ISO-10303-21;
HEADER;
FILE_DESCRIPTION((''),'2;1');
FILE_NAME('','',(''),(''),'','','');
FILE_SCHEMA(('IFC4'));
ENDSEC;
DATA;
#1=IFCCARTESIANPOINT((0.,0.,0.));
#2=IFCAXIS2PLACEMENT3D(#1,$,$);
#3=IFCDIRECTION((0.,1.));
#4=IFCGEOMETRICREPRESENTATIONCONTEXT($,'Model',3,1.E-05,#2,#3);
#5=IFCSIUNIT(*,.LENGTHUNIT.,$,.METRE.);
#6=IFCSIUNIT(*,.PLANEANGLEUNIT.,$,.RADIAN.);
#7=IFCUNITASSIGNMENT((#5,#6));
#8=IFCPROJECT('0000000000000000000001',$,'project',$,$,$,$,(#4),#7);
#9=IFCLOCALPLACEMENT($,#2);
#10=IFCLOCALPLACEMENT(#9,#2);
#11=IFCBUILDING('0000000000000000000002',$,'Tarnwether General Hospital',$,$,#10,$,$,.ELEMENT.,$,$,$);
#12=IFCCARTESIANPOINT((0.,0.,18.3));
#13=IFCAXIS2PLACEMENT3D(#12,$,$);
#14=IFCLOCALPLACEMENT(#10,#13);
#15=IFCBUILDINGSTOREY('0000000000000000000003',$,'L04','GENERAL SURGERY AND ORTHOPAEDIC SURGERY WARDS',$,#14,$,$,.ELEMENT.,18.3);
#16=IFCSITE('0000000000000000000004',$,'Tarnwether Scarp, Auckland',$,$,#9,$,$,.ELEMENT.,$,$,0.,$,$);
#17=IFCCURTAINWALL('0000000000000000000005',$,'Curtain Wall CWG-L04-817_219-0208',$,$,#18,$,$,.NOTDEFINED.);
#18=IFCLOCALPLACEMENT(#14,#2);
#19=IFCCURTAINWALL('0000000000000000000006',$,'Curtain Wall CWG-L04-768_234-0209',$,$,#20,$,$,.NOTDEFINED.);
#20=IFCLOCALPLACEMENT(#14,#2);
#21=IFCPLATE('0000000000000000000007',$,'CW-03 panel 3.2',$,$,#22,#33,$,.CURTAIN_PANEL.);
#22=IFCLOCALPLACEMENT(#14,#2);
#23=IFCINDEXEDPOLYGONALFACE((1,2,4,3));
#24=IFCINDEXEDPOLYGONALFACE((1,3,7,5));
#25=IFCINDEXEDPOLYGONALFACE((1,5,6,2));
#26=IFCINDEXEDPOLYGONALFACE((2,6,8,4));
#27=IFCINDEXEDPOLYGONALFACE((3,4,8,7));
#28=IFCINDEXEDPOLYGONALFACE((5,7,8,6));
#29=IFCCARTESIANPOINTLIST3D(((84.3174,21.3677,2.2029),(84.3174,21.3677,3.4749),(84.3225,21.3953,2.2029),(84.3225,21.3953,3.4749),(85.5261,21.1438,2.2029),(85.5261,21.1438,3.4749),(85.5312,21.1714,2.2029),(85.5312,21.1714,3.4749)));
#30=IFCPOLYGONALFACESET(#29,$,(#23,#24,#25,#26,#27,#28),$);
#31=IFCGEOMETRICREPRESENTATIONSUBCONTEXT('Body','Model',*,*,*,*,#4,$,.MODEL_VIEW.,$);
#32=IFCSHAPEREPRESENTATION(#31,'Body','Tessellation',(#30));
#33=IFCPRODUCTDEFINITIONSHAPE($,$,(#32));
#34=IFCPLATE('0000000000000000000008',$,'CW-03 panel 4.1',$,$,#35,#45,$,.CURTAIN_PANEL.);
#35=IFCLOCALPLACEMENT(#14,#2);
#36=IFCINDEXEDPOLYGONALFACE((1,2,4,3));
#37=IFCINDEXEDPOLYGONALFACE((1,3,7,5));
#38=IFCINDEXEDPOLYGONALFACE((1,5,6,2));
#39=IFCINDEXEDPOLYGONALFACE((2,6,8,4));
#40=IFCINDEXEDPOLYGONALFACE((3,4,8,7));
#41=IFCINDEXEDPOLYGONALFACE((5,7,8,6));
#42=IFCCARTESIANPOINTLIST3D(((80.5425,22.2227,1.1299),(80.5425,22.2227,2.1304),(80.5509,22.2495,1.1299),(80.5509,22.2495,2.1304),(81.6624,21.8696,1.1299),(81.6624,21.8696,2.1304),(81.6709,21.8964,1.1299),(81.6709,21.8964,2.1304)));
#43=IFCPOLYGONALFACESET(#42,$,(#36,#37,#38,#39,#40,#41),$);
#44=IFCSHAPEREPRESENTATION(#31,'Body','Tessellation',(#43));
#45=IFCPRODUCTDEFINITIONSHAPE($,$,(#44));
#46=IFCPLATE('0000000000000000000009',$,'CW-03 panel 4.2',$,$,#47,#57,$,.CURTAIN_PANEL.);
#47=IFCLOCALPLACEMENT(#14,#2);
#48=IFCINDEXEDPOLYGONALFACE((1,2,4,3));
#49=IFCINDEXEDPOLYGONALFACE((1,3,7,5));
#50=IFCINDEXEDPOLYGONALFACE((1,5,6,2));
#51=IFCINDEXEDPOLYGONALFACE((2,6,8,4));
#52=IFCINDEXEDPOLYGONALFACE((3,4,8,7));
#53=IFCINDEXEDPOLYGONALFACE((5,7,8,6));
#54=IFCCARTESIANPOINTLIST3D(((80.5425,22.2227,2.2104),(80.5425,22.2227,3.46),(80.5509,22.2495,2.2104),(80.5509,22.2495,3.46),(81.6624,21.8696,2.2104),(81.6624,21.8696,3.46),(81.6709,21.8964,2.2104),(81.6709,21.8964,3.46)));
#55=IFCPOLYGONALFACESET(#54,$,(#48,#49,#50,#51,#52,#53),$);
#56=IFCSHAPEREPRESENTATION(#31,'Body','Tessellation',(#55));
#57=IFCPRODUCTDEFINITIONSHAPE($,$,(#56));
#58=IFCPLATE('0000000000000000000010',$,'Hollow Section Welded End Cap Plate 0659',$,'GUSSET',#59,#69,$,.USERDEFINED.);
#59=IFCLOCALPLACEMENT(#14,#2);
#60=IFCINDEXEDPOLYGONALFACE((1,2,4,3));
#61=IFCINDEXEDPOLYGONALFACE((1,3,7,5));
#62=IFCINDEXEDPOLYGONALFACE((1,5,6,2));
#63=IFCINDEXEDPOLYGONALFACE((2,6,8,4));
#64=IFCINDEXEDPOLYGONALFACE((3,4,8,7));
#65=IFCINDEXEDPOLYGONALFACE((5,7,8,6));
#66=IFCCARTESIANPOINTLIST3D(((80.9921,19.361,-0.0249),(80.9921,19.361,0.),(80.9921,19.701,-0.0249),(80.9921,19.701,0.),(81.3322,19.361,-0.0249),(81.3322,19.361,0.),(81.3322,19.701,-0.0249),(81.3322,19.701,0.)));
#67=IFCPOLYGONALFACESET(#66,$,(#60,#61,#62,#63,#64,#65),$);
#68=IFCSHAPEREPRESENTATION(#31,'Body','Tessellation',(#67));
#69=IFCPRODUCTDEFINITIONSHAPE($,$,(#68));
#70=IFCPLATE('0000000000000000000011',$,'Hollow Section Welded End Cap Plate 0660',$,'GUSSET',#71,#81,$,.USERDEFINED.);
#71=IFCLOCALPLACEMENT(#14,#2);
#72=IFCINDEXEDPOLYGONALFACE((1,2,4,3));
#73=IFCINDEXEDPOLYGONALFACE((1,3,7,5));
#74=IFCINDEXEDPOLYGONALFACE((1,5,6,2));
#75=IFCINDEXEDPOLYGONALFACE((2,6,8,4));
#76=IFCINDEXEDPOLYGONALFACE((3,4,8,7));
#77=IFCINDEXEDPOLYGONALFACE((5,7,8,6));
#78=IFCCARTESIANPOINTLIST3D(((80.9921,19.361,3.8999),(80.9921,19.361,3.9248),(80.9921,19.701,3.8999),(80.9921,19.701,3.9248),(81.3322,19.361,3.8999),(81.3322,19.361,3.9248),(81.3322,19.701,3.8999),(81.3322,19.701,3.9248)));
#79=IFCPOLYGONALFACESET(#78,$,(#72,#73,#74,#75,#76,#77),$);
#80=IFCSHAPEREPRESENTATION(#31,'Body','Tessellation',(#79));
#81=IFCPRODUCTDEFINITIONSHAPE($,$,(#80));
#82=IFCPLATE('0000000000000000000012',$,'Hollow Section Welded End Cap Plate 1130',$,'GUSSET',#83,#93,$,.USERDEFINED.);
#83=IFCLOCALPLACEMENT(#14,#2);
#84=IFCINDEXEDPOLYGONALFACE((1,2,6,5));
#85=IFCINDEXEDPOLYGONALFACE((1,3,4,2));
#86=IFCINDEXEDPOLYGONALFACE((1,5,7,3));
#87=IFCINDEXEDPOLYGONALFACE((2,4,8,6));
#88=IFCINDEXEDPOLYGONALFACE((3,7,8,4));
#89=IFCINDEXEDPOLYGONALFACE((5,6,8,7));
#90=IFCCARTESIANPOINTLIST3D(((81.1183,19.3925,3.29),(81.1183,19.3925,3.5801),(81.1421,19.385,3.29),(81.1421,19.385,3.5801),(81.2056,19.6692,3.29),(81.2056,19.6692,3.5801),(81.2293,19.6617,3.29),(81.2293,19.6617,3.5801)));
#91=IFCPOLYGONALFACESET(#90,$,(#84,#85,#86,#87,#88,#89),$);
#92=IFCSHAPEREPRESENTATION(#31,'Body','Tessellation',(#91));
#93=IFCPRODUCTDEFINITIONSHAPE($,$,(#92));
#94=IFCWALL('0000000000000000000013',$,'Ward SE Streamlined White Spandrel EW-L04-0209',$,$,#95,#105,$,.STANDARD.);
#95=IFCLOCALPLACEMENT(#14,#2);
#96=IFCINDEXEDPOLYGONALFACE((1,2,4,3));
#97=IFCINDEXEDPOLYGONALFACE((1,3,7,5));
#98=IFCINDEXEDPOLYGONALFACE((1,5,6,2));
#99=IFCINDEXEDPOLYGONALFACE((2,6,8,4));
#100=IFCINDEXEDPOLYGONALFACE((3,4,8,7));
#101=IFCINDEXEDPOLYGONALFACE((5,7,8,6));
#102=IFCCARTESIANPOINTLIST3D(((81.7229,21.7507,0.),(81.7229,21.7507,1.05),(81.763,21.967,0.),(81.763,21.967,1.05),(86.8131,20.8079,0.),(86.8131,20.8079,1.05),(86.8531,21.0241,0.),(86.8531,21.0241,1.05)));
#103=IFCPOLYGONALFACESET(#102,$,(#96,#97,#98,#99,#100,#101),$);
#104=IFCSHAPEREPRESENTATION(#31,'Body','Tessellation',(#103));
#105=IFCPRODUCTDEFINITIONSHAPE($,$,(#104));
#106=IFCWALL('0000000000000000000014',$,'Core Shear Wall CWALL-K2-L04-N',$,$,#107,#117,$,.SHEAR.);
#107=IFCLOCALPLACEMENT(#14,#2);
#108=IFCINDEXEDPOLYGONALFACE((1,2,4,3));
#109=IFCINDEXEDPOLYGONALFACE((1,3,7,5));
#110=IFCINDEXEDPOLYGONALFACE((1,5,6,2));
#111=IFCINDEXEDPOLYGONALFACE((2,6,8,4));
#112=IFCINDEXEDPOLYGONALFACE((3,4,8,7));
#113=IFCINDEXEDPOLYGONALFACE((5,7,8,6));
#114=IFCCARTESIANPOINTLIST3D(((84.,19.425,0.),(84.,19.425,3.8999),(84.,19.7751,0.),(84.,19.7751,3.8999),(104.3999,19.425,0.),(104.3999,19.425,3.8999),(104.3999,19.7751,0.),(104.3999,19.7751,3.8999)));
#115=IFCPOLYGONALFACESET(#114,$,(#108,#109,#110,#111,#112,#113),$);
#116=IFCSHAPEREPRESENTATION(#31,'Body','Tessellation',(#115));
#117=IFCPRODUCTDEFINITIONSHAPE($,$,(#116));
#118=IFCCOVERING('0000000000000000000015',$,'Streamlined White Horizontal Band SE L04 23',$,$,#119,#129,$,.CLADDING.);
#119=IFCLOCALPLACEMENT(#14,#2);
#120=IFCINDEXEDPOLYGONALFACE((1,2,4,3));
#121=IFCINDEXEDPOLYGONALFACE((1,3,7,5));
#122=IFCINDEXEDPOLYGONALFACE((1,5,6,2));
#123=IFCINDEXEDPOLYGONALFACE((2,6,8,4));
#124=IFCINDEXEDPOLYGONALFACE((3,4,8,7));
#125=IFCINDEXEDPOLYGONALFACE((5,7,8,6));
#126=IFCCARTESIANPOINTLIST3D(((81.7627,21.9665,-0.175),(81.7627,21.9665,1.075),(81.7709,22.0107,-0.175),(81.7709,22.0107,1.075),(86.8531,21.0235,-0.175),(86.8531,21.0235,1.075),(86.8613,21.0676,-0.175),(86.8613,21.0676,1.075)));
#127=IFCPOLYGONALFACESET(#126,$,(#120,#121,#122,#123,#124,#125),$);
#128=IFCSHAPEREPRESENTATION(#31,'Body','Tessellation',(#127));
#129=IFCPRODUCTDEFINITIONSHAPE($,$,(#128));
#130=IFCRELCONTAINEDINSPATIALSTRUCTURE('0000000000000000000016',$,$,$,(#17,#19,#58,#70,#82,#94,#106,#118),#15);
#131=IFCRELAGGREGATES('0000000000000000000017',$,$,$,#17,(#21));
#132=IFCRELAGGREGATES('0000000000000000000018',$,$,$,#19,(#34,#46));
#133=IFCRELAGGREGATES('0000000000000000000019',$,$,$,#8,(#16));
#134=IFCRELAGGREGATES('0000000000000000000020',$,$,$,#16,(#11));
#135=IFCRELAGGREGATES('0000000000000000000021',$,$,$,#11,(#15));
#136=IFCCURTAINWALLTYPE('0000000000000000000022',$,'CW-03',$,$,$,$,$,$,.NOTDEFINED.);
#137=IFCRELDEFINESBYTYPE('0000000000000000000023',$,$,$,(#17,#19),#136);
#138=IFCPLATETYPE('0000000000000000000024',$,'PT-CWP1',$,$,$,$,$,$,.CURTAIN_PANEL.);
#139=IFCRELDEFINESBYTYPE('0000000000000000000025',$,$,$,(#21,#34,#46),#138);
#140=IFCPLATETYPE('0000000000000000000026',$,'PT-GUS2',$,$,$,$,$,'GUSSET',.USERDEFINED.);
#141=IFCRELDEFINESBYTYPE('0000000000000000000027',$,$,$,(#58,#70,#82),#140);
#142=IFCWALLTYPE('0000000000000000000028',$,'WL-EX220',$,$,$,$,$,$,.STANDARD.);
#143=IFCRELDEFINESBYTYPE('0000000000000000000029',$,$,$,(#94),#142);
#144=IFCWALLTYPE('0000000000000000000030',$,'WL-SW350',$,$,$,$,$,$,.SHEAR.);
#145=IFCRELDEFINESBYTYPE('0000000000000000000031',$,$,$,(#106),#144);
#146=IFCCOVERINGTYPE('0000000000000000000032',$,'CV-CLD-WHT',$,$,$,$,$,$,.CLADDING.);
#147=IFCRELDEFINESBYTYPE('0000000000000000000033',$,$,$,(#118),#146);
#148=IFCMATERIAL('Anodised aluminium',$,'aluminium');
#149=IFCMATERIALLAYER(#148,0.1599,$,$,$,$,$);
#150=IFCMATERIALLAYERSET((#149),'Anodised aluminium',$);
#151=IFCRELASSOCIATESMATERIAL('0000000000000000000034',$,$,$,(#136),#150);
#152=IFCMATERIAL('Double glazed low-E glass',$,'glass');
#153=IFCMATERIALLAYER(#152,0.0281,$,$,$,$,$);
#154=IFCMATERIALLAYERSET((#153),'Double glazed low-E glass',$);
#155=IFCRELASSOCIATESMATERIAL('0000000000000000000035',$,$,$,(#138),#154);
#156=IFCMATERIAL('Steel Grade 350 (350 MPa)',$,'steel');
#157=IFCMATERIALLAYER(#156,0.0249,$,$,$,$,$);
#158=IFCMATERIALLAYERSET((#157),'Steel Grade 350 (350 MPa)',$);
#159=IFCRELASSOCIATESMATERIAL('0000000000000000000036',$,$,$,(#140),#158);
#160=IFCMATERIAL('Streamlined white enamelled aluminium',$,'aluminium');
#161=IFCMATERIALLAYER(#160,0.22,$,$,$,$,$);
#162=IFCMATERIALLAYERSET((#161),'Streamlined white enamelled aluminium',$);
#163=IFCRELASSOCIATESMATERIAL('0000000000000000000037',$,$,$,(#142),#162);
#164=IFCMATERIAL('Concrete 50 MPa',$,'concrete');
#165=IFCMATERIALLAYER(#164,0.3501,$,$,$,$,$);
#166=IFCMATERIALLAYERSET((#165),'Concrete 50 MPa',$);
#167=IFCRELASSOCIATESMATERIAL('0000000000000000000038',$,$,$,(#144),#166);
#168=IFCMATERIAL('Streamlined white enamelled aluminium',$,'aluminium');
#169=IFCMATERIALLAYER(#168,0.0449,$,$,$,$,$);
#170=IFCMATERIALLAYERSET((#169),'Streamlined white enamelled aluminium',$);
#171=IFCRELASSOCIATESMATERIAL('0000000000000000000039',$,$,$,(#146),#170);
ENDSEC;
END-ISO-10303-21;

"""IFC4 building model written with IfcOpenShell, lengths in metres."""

from ifc_helpers import new_model, si_unit, direction, frame, frame_2d, origin, origin_2d, place, context, subcontext, project, spatial, rectangle, extrude, material, layer, layer_set, type_object, element, aggregate, save


model = new_model("IFC4")

# Units and contexts
model_context = context("Model", 3, precision=1e-05, world=origin(), true_north=direction((0.0, 1.0)))
body_context = subcontext(model_context, "Body", "Model", "MODEL_VIEW")
ifc_project = project(units=[si_unit("LENGTHUNIT", "METRE"), si_unit("PLANEANGLEUNIT", "RADIAN")], contexts=[model_context])

# Site, building, storey
site_placement = place(None, origin())
site = spatial("IfcSite", under=ifc_project, at=site_placement, Name="Tarnwether Scarp, Auckland", CompositionType="ELEMENT", RefElevation=0.0)
building_placement = place(site_placement, origin())
building = spatial("IfcBuilding", under=site, at=building_placement, Name="Tarnwether General Hospital", CompositionType="ELEMENT")
storey_placement = place(building_placement, frame((0.0, 0.0, 18.3)))
storey = spatial("IfcBuildingStorey", under=building, at=storey_placement, Name="L04", Description="GENERAL SURGERY AND ORTHOPAEDIC SURGERY WARDS", CompositionType="ELEMENT", Elevation=18.3)

# Curtain wall
ifc_material_1 = material(Name="Anodised aluminium", Category="aluminium")
ifc_layer_1 = layer(ifc_material_1, 0.1599)
ifc_layer_set_1 = layer_set([ifc_layer_1], Name="Anodised aluminium")
curtain_wall_type = type_object("IfcCurtainWallType", Name="CW-03", PredefinedType="NOTDEFINED", material=ifc_layer_set_1)
curtain_wall_1_placement = place(storey_placement, origin())
curtain_wall_1 = element("IfcCurtainWall", 1, at=curtain_wall_1_placement, inside=storey, type_object=curtain_wall_type, Name="Curtain Wall CWG-L04-817_219-0208", PredefinedType="NOTDEFINED")

# Curtain wall
curtain_wall_2_placement = place(storey_placement, origin())
curtain_wall_2 = element("IfcCurtainWall", 2, at=curtain_wall_2_placement, inside=storey, type_object=curtain_wall_type, Name="Curtain Wall CWG-L04-768_234-0209", PredefinedType="NOTDEFINED")

# Plates
ifc_material_2 = material(Name="Double glazed low-E glass", Category="glass")
ifc_layer_2 = layer(ifc_material_2, 0.0281)
ifc_layer_set_2 = layer_set([ifc_layer_2], Name="Double glazed low-E glass")
plate_type_1 = type_object("IfcPlateType", Name="PT-CWP1", PredefinedType="CURTAIN_PANEL", material=ifc_layer_set_2)
plate_1_placement = place(storey_placement, frame((84.9243, 21.2695, 2.2029), z_axis=(0.0, 0.0, 1.0), x_axis=(0.983268, -0.182165, 0.0)))
plate_1 = element("IfcPlate", 3, at=plate_1_placement, type_object=plate_type_1, Name="CW-03 panel 3.2", PredefinedType="CURTAIN_PANEL", context=body_context, shape_type="SweptSolid", body=[
    extrude(rectangle(XDim=1.2292, YDim=0.0281, at=origin_2d()), origin(), (0.0, 0.0, 1.0), 1.272),
])
aggregate(curtain_wall_1, [plate_1])
plate_2_placement = place(storey_placement, frame((81.1067, 22.0596, 1.1299), z_axis=(0.0, 0.0, 1.0), x_axis=(0.953714, -0.300715, 0.0)))
plate_2 = element("IfcPlate", 4, at=plate_2_placement, type_object=plate_type_1, Name="CW-03 panel 4.1", PredefinedType="CURTAIN_PANEL", context=body_context, shape_type="SweptSolid", body=[
    extrude(rectangle(XDim=1.1743, YDim=0.0281, at=origin_2d()), origin(), (0.0, 0.0, 1.0), 1.0005),
])
plate_3_placement = place(storey_placement, frame((81.1067, 22.0596, 2.2104), z_axis=(0.0, 0.0, 1.0), x_axis=(0.953714, -0.300715, 0.0)))
plate_3 = element("IfcPlate", 5, at=plate_3_placement, type_object=plate_type_1, Name="CW-03 panel 4.2", PredefinedType="CURTAIN_PANEL", context=body_context, shape_type="SweptSolid", body=[
    extrude(rectangle(XDim=1.1743, YDim=0.0281, at=origin_2d()), origin(), (0.0, 0.0, 1.0), 1.2495),
])
aggregate(curtain_wall_2, [plate_2, plate_3])

# Plates
ifc_material_3 = material(Name="Steel Grade 350 (350 MPa)", Category="steel")
ifc_layer_3 = layer(ifc_material_3, 0.0249)
ifc_layer_set_3 = layer_set([ifc_layer_3], Name="Steel Grade 350 (350 MPa)")
plate_type_2 = type_object("IfcPlateType", Name="PT-GUS2", ElementType="GUSSET", PredefinedType="USERDEFINED", material=ifc_layer_set_3)
for number, where, z_axis, x_axis, name in (
    (6, (81.1621, 19.531, -0.0249), (0.0, 0.0, 1.0), (1.0, 0.0, 0.0), "Hollow Section Welded End Cap Plate 0659"),
    (7, (81.1621, 19.531, 3.8999), (0.0, 0.0, 1.0), (1.0, 0.0, 0.0), "Hollow Section Welded End Cap Plate 0660"),
):
    element("IfcPlate", number, at=place(storey_placement, frame(where, z_axis=z_axis, x_axis=x_axis)), inside=storey, type_object=plate_type_2, Name=name, ObjectType="GUSSET", PredefinedType="USERDEFINED", context=body_context, shape_type="SweptSolid", body=[
        extrude(rectangle(XDim=0.3401, YDim=0.3401, at=origin_2d()), origin(), (0.0, 0.0, 1.0), 0.0249),
    ])
plate_4_placement = place(storey_placement, frame((81.1738, 19.5271, 3.29), z_axis=(0.0, 0.0, 1.0), x_axis=(0.953712, -0.300722, 0.0)))
element("IfcPlate", 8, at=plate_4_placement, inside=storey, type_object=plate_type_2, Name="Hollow Section Welded End Cap Plate 1130", ObjectType="GUSSET", PredefinedType="USERDEFINED", context=body_context, shape_type="SweptSolid", body=[
    extrude(rectangle(XDim=0.0249, YDim=0.29, at=origin_2d()), origin(), (0.0, 0.0, 1.0), 0.29),
])

# Walls
ifc_material_4 = material(Name="Streamlined white enamelled aluminium", Category="aluminium")
ifc_layer_4 = layer(ifc_material_4, 0.22)
ifc_layer_set_4 = layer_set([ifc_layer_4], Name="Streamlined white enamelled aluminium")
wall_type_1 = type_object("IfcWallType", Name="WL-EX220", PredefinedType="STANDARD", material=ifc_layer_set_4)
wall_1_placement = place(storey_placement, frame((81.7429, 21.8589, 0.0), z_axis=(0.0, 0.0, 1.0), x_axis=(0.983273, -0.182138, 0.0)))
element("IfcWall", 9, at=wall_1_placement, inside=storey, type_object=wall_type_1, Name="Ward SE Streamlined White Spandrel EW-L04-0209", PredefinedType="STANDARD", context=body_context, shape_type="SweptSolid", body=[
    extrude(rectangle(XDim=5.1768, YDim=0.22, at=frame_2d((2.5884, 0.0))), origin(), (0.0, 0.0, 1.0), 1.05),
])
ifc_material_5 = material(Name="Concrete 50 MPa", Category="concrete")
ifc_layer_5 = layer(ifc_material_5, 0.3501)
ifc_layer_set_5 = layer_set([ifc_layer_5], Name="Concrete 50 MPa")
wall_type_2 = type_object("IfcWallType", Name="WL-SW350", PredefinedType="SHEAR", material=ifc_layer_set_5)
wall_2_placement = place(storey_placement, frame((84.0, 19.6001, 0.0), z_axis=(0.0, 0.0, 1.0), x_axis=(1.0, 0.0, 0.0)))
element("IfcWall", 10, at=wall_2_placement, inside=storey, type_object=wall_type_2, Name="Core Shear Wall CWALL-K2-L04-N", PredefinedType="SHEAR", context=body_context, shape_type="SweptSolid", body=[
    extrude(rectangle(XDim=20.3999, YDim=0.3501, at=frame_2d((10.2, 0.0))), origin(), (0.0, 0.0, 1.0), 3.8999),
])

# Covering
ifc_material_6 = material(Name="Streamlined white enamelled aluminium", Category="aluminium")
ifc_layer_6 = layer(ifc_material_6, 0.0449)
ifc_layer_set_6 = layer_set([ifc_layer_6], Name="Streamlined white enamelled aluminium")
covering_type = type_object("IfcCoveringType", Name="CV-CLD-WHT", PredefinedType="CLADDING", material=ifc_layer_set_6)
covering_placement = place(storey_placement, frame((84.312, 21.5171, -0.175), z_axis=(0.0, 0.0, 1.0), x_axis=(0.983268, -0.182167, 0.0)))
element("IfcCovering", 11, at=covering_placement, inside=storey, type_object=covering_type, Name="Streamlined White Horizontal Band SE L04 23", PredefinedType="CLADDING", context=body_context, shape_type="SweptSolid", body=[
    extrude(rectangle(XDim=5.177, YDim=0.0449, at=origin_2d()), origin(), (0.0, 0.0, 1.0), 1.25),
])

save(model, "model.ifc")
